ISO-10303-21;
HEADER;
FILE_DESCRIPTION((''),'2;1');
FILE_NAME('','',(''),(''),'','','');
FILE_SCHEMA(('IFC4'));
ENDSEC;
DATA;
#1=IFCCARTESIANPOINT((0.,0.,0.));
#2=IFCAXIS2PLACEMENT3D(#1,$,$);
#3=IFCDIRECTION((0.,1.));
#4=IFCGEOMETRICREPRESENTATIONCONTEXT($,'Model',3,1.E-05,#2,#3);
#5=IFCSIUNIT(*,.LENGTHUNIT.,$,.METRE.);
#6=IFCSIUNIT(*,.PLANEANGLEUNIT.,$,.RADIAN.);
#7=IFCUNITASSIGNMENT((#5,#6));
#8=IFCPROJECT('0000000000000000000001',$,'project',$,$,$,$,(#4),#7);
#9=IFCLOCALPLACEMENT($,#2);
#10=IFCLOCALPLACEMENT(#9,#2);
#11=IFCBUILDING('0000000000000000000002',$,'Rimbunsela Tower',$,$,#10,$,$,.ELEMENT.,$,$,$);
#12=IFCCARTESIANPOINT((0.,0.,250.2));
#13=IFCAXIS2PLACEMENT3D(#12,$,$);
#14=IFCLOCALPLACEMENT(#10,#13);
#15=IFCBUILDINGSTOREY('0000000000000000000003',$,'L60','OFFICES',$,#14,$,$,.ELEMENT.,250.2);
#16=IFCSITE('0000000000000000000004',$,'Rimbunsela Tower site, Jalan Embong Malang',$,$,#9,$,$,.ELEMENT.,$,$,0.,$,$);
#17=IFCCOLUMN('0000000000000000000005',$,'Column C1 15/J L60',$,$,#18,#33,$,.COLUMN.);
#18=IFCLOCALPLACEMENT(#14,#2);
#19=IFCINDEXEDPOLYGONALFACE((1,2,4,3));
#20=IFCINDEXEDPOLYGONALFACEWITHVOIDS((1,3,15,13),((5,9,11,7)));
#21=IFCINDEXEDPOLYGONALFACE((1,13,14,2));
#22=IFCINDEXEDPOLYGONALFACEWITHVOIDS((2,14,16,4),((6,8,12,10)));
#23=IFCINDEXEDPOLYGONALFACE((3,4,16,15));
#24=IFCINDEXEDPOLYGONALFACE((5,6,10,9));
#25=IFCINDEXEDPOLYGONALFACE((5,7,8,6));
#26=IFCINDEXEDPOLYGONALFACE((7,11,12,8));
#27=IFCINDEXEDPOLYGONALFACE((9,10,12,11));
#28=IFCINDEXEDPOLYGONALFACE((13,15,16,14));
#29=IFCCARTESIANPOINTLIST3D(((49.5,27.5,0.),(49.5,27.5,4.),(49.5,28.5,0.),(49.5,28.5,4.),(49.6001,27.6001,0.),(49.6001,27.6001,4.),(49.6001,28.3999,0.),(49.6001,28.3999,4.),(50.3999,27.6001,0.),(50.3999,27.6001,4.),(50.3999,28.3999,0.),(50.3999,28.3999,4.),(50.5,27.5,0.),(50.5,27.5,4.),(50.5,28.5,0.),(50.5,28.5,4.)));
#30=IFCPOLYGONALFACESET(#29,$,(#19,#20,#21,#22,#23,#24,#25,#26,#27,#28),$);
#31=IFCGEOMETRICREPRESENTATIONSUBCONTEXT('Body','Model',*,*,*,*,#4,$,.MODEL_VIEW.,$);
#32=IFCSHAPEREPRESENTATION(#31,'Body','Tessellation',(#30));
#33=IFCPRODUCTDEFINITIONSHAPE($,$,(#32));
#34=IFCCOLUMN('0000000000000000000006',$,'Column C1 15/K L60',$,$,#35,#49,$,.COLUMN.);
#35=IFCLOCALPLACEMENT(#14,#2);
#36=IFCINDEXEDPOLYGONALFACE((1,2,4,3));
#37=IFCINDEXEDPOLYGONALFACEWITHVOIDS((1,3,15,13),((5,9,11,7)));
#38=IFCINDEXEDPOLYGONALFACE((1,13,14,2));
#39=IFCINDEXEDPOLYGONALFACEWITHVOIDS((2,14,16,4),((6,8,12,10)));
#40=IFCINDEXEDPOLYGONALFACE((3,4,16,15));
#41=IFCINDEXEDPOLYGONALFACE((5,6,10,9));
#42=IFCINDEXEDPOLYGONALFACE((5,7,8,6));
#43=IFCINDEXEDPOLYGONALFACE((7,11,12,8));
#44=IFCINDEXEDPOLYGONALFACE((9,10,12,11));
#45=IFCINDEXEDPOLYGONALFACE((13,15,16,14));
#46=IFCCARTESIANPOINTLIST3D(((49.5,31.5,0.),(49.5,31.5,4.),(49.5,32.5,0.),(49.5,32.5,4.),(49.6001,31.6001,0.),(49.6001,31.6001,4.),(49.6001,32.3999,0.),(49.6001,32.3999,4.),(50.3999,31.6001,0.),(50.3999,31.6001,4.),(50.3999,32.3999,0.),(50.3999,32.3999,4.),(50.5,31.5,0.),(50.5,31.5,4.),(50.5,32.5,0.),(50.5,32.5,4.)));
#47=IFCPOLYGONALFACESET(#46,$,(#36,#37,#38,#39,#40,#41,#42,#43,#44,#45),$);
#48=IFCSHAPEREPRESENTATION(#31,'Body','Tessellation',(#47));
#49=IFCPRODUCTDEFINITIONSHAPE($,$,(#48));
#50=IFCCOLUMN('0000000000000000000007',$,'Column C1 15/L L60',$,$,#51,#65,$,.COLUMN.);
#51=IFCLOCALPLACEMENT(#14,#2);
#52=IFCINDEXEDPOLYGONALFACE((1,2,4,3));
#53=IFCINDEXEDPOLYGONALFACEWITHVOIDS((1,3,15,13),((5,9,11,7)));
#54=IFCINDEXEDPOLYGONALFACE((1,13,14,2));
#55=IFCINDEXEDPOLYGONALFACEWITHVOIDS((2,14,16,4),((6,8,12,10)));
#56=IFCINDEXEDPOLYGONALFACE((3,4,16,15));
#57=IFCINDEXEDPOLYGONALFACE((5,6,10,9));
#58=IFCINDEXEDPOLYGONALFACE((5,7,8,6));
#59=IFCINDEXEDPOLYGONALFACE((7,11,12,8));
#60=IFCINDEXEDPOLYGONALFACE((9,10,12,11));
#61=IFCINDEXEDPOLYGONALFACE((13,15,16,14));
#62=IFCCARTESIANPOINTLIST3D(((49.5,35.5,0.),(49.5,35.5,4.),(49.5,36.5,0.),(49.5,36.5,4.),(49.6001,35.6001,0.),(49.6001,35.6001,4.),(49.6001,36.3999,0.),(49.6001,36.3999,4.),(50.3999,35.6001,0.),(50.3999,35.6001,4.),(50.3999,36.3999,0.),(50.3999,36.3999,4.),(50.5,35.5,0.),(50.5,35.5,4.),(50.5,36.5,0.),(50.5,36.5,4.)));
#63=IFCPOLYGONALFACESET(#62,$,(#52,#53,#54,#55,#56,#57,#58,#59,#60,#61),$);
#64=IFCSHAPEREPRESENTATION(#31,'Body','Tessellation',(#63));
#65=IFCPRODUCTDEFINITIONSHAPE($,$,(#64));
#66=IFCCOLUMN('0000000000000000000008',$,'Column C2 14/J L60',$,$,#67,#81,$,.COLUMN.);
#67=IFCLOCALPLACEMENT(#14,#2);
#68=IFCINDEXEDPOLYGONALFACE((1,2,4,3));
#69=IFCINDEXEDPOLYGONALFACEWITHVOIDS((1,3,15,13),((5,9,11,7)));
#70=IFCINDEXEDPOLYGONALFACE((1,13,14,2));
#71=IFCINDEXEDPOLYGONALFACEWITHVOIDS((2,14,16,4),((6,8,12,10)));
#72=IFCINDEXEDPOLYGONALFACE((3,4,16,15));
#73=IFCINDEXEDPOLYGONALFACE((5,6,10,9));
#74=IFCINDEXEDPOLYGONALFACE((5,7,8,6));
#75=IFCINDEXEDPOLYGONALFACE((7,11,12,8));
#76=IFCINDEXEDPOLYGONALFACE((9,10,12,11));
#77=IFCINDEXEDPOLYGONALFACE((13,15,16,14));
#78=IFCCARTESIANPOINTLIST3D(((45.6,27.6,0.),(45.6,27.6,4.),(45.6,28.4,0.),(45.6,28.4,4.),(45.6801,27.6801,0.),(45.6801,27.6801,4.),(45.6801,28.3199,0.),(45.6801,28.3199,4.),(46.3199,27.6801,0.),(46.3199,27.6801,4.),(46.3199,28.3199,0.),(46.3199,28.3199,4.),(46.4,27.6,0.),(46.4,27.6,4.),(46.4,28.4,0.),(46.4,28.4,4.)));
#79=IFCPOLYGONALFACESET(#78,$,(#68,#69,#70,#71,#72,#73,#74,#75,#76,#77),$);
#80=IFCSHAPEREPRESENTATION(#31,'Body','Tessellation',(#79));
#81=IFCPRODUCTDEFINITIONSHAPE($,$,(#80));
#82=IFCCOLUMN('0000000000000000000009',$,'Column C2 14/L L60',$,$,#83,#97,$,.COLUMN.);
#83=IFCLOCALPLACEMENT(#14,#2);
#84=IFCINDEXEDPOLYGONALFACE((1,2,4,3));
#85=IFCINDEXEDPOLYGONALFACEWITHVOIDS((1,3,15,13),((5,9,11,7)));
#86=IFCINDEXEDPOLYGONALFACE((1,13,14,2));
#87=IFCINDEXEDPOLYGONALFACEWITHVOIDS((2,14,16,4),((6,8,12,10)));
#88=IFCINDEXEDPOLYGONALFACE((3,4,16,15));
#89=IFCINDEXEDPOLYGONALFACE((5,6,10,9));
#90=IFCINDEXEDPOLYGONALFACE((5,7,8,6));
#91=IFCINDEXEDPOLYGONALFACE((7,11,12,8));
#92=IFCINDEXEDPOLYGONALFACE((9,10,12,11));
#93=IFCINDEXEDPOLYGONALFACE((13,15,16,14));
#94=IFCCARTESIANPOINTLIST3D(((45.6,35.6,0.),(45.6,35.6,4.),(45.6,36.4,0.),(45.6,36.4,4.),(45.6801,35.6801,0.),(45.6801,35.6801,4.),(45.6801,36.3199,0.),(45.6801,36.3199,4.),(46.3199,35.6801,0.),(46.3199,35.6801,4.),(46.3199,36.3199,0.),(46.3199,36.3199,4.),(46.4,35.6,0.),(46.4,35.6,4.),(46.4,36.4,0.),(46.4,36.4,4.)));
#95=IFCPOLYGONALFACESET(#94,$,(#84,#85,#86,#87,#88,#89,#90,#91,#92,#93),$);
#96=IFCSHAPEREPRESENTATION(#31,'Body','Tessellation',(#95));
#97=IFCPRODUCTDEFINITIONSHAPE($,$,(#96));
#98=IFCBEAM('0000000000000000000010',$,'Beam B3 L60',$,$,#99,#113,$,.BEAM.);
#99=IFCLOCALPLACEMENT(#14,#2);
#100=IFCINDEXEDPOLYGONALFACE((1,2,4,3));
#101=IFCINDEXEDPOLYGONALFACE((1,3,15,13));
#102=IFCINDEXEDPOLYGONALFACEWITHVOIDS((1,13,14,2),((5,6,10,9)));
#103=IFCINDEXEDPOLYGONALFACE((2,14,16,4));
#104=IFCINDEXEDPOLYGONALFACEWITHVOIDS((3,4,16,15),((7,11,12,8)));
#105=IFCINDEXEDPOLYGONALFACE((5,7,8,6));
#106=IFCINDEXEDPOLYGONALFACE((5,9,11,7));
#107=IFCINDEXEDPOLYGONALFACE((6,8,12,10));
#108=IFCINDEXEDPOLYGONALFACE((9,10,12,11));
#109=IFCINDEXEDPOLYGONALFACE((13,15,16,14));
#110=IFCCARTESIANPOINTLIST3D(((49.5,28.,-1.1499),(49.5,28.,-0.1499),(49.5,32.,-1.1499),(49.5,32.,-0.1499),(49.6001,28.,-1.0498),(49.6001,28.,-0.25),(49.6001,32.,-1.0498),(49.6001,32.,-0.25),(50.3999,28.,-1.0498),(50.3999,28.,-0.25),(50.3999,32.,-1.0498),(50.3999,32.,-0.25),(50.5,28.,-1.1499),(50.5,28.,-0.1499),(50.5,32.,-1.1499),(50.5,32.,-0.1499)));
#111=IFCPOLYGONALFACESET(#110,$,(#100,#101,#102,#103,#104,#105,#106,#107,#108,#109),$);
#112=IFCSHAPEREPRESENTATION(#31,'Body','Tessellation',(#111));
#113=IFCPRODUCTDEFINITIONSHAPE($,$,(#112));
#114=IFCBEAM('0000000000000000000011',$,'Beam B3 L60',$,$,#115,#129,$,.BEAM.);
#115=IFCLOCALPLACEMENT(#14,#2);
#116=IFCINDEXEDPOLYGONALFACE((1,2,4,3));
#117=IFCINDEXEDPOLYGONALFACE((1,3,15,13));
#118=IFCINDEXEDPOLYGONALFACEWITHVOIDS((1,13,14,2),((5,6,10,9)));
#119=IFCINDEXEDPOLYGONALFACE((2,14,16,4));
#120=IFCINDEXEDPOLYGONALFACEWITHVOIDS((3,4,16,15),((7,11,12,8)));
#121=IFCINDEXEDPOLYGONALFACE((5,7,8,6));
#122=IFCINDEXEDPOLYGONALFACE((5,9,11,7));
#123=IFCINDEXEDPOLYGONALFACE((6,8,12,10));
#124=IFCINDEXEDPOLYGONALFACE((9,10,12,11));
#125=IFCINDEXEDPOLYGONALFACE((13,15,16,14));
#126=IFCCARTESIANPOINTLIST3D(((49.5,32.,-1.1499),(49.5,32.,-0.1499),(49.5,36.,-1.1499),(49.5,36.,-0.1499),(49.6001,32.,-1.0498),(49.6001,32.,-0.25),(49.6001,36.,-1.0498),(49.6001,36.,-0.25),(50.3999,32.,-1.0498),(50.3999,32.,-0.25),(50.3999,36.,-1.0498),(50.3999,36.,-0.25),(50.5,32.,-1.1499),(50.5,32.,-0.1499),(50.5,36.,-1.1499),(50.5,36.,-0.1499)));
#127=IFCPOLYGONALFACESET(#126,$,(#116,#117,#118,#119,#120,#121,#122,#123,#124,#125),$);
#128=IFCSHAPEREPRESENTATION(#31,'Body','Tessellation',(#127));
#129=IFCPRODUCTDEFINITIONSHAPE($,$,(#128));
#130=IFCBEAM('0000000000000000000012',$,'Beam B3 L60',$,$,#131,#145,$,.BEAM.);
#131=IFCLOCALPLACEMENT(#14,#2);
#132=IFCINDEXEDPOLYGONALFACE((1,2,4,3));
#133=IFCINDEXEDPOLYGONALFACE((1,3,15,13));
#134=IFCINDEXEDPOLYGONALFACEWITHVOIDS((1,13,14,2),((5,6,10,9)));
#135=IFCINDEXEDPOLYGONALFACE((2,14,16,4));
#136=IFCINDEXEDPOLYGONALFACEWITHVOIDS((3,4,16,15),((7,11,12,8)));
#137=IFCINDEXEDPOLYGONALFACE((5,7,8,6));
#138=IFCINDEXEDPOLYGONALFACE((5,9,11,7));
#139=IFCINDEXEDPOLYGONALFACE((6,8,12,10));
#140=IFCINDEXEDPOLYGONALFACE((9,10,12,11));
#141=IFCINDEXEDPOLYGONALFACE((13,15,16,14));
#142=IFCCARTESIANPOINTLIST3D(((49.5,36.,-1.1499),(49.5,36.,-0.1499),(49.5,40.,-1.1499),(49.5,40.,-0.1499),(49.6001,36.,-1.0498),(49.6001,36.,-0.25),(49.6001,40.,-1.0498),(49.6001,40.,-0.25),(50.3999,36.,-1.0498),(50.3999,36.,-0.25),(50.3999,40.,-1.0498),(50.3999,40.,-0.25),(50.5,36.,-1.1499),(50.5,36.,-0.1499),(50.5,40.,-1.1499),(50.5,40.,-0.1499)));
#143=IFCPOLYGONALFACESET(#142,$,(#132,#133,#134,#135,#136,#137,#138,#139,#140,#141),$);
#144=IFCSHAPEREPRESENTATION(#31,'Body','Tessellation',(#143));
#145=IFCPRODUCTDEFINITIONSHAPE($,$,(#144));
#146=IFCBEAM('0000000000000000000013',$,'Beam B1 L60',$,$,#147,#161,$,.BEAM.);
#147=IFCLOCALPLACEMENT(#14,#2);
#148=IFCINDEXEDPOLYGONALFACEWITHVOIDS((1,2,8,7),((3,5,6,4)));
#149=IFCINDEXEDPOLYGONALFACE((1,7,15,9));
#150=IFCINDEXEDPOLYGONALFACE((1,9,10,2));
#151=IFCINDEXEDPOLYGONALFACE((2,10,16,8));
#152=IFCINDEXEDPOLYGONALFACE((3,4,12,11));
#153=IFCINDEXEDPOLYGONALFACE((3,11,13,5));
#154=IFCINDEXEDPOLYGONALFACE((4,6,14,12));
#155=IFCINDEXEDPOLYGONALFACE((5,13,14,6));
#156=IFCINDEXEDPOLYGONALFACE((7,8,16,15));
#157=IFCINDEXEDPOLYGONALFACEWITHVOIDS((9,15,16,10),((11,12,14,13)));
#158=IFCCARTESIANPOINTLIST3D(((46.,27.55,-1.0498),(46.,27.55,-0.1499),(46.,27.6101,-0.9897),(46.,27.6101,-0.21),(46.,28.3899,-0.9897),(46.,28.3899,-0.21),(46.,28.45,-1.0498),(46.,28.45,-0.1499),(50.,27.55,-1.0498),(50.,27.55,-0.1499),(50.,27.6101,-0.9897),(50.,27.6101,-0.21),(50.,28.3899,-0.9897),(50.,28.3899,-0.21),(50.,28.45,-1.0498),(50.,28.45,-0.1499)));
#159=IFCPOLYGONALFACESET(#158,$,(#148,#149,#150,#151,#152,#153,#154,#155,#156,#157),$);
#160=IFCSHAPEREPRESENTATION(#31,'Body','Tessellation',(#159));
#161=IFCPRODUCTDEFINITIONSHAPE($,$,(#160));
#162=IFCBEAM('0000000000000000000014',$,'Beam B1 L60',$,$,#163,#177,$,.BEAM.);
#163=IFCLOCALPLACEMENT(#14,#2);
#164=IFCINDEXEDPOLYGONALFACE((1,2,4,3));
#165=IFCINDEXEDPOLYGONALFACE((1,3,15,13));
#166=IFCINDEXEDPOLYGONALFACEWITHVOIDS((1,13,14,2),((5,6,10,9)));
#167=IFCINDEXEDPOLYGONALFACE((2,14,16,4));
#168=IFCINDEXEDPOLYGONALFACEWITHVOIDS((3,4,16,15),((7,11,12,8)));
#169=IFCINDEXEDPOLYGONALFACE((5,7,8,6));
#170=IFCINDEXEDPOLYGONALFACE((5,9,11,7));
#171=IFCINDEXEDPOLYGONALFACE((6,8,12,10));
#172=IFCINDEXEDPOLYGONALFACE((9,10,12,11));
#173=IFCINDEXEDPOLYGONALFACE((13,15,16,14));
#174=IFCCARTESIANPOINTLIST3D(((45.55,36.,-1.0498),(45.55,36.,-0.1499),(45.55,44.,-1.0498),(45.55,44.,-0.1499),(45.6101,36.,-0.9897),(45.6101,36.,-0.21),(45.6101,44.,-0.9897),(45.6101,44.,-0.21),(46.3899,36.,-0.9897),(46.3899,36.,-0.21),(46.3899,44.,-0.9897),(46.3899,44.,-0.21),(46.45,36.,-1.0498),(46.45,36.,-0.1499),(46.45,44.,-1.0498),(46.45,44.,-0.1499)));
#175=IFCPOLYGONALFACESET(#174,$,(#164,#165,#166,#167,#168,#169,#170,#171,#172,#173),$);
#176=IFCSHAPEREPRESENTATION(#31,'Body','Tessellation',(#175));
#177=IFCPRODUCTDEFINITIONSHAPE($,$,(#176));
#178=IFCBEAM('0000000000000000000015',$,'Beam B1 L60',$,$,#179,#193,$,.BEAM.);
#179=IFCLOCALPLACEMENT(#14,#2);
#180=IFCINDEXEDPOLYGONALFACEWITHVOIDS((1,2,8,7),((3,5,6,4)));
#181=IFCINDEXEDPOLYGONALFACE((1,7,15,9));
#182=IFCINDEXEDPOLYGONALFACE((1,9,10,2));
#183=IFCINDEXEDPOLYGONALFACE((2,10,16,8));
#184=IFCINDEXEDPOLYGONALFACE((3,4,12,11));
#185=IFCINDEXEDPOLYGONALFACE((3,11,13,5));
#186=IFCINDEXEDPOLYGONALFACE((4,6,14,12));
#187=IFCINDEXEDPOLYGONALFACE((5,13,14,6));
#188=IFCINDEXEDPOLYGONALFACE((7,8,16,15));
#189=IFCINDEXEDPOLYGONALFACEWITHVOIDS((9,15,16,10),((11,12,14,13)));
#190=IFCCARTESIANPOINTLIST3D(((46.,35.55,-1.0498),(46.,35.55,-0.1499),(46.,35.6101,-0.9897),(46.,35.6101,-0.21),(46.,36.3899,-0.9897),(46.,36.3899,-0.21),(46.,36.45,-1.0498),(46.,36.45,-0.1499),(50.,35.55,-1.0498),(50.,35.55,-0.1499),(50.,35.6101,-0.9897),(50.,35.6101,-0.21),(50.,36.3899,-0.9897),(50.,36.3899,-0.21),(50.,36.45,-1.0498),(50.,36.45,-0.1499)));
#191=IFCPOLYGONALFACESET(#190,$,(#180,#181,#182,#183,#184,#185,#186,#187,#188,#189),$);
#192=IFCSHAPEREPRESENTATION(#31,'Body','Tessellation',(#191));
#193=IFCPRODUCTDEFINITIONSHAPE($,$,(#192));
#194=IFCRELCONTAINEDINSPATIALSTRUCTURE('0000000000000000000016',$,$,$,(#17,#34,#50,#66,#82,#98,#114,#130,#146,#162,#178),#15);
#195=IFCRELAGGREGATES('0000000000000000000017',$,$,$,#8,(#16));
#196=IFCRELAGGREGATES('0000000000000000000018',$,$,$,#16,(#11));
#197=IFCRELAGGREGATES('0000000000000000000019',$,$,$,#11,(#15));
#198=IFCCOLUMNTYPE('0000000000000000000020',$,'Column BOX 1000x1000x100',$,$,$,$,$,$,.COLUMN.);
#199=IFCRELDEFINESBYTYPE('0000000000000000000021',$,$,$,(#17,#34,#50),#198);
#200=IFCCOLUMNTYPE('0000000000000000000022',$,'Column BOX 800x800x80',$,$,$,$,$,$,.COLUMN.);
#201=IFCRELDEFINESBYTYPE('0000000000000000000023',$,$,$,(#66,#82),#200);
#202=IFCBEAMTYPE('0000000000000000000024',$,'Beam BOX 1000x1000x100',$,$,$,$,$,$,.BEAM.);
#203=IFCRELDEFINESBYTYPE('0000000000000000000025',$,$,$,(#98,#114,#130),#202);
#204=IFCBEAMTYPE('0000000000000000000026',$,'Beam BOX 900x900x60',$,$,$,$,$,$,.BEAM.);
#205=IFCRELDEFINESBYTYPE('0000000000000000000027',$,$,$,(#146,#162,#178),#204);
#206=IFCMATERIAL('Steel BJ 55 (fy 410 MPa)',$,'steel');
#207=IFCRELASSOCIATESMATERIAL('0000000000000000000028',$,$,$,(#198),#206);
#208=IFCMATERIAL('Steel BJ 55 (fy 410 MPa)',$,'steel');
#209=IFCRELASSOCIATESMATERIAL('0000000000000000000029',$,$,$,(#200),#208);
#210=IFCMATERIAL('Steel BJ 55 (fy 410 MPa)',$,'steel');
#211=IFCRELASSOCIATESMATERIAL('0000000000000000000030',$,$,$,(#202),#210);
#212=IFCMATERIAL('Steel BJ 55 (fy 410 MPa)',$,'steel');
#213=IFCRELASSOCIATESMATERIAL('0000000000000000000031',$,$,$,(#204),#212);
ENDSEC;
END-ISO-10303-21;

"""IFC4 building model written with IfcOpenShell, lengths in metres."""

from ifc_helpers import new_model, si_unit, direction, frame, origin, origin_2d, place, context, subcontext, project, spatial, hollow_rectangle, extrude, material, material_profile, profile_set, type_object, element, save


model = new_model("IFC4")

# Units and contexts
model_context = context("Model", 3, precision=1e-05, world=origin(), true_north=direction((0.0, 1.0)))
body_context = subcontext(model_context, "Body", "Model", "MODEL_VIEW")
ifc_project = project(units=[si_unit("LENGTHUNIT", "METRE"), si_unit("PLANEANGLEUNIT", "RADIAN")], contexts=[model_context])

# Site, building, storey
site_placement = place(None, origin())
site = spatial("IfcSite", under=ifc_project, at=site_placement, Name="Rimbunsela Tower site, Jalan Embong Malang", CompositionType="ELEMENT", RefElevation=0.0)
building_placement = place(site_placement, origin())
building = spatial("IfcBuilding", under=site, at=building_placement, Name="Rimbunsela Tower", CompositionType="ELEMENT")
storey_placement = place(building_placement, frame((0.0, 0.0, 250.2)))
storey = spatial("IfcBuildingStorey", under=building, at=storey_placement, Name="L60", Description="OFFICES", CompositionType="ELEMENT", Elevation=250.2)

# Columns
ifc_material_1 = material(Name="Steel BJ 55 (fy 410 MPa)", Category="steel")
ifc_material_profile_1 = material_profile(ifc_material_1, hollow_rectangle(XDim=1.0, YDim=1.0, WallThickness=0.1001, at=origin_2d()), Name="BOX 1000x1000x100")
ifc_profile_set_1 = profile_set([ifc_material_profile_1], Name="Steel BJ 55 (fy 410 MPa)")
column_type_1 = type_object("IfcColumnType", Name="Column BOX 1000x1000x100", PredefinedType="COLUMN", material=ifc_profile_set_1)
for number, where, z_axis, x_axis, name in (
    (1, (50.0, 28.0, 0.0), (0.0, 0.0, 1.0), (1.0, 0.0, 0.0), "Column C1 15/J L60"),
    (2, (50.0, 32.0, 0.0), (0.0, 0.0, 1.0), (1.0, 0.0, 0.0), "Column C1 15/K L60"),
    (3, (50.0, 36.0, 0.0), (0.0, 0.0, 1.0), (1.0, 0.0, 0.0), "Column C1 15/L L60"),
):
    element("IfcColumn", number, at=place(storey_placement, frame(where, z_axis=z_axis, x_axis=x_axis)), inside=storey, type_object=column_type_1, Name=name, PredefinedType="COLUMN", context=body_context, shape_type="SweptSolid", body=[
        extrude(hollow_rectangle(XDim=1.0, YDim=1.0, WallThickness=0.1001, at=origin_2d()), origin(), (0.0, 0.0, 1.0), 4.0),
    ])
ifc_material_2 = material(Name="Steel BJ 55 (fy 410 MPa)", Category="steel")
ifc_material_profile_2 = material_profile(ifc_material_2, hollow_rectangle(XDim=0.8, YDim=0.8, WallThickness=0.0801, at=origin_2d()), Name="BOX 800x800x80")
ifc_profile_set_2 = profile_set([ifc_material_profile_2], Name="Steel BJ 55 (fy 410 MPa)")
column_type_2 = type_object("IfcColumnType", Name="Column BOX 800x800x80", PredefinedType="COLUMN", material=ifc_profile_set_2)
for number, where, z_axis, x_axis, name in (
    (4, (46.0, 28.0, 0.0), (0.0, 0.0, 1.0), (1.0, 0.0, 0.0), "Column C2 14/J L60"),
    (5, (46.0, 36.0, 0.0), (0.0, 0.0, 1.0), (1.0, 0.0, 0.0), "Column C2 14/L L60"),
):
    element("IfcColumn", number, at=place(storey_placement, frame(where, z_axis=z_axis, x_axis=x_axis)), inside=storey, type_object=column_type_2, Name=name, PredefinedType="COLUMN", context=body_context, shape_type="SweptSolid", body=[
        extrude(hollow_rectangle(XDim=0.8, YDim=0.8, WallThickness=0.0801, at=origin_2d()), origin(), (0.0, 0.0, 1.0), 4.0),
    ])

# Beams
ifc_material_3 = material(Name="Steel BJ 55 (fy 410 MPa)", Category="steel")
ifc_material_profile_3 = material_profile(ifc_material_3, hollow_rectangle(XDim=1.0, YDim=1.0, WallThickness=0.1001, at=origin_2d()), Name="BOX 1000x1000x100")
ifc_profile_set_3 = profile_set([ifc_material_profile_3], Name="Steel BJ 55 (fy 410 MPa)")
beam_type_1 = type_object("IfcBeamType", Name="Beam BOX 1000x1000x100", PredefinedType="BEAM", material=ifc_profile_set_3)
for number, where, z_axis, x_axis, name in (
    (6, (50.0, 28.0, -0.6499), (0.0, 1.0, 0.0), (-1.0, 0.0, 0.0), "Beam B3 L60"),
    (7, (50.0, 32.0, -0.6499), (0.0, 1.0, 0.0), (-1.0, 0.0, 0.0), "Beam B3 L60"),
    (8, (50.0, 36.0, -0.6499), (0.0, 1.0, 0.0), (-1.0, 0.0, 0.0), "Beam B3 L60"),
):
    element("IfcBeam", number, at=place(storey_placement, frame(where, z_axis=z_axis, x_axis=x_axis)), inside=storey, type_object=beam_type_1, Name=name, PredefinedType="BEAM", context=body_context, shape_type="SweptSolid", body=[
        extrude(hollow_rectangle(XDim=1.0, YDim=1.0, WallThickness=0.1001, at=origin_2d()), origin(), (0.0, 0.0, 1.0), 4.0),
    ])
ifc_material_4 = material(Name="Steel BJ 55 (fy 410 MPa)", Category="steel")
ifc_material_profile_4 = material_profile(ifc_material_4, hollow_rectangle(XDim=0.8999, YDim=0.8999, WallThickness=0.0601, at=origin_2d()), Name="BOX 900x900x60")
ifc_profile_set_4 = profile_set([ifc_material_profile_4], Name="Steel BJ 55 (fy 410 MPa)")
beam_type_2 = type_object("IfcBeamType", Name="Beam BOX 900x900x60", PredefinedType="BEAM", material=ifc_profile_set_4)
beam_1_placement = place(storey_placement, frame((46.0, 28.0, -0.5999), z_axis=(1.0, 0.0, 0.0), x_axis=(0.0, 1.0, 0.0)))
element("IfcBeam", 9, at=beam_1_placement, inside=storey, type_object=beam_type_2, Name="Beam B1 L60", PredefinedType="BEAM", context=body_context, shape_type="SweptSolid", body=[
    extrude(hollow_rectangle(XDim=0.8999, YDim=0.8999, WallThickness=0.0601, at=origin_2d()), origin(), (0.0, 0.0, 1.0), 4.0),
])
beam_2_placement = place(storey_placement, frame((46.0, 36.0, -0.5999), z_axis=(0.0, 1.0, 0.0), x_axis=(-1.0, 0.0, 0.0)))
element("IfcBeam", 10, at=beam_2_placement, inside=storey, type_object=beam_type_2, Name="Beam B1 L60", PredefinedType="BEAM", context=body_context, shape_type="SweptSolid", body=[
    extrude(hollow_rectangle(XDim=0.8999, YDim=0.8999, WallThickness=0.0601, at=origin_2d()), origin(), (0.0, 0.0, 1.0), 8.0),
])
beam_3_placement = place(storey_placement, frame((46.0, 36.0, -0.5999), z_axis=(1.0, 0.0, 0.0), x_axis=(0.0, 1.0, 0.0)))
element("IfcBeam", 11, at=beam_3_placement, inside=storey, type_object=beam_type_2, Name="Beam B1 L60", PredefinedType="BEAM", context=body_context, shape_type="SweptSolid", body=[
    extrude(hollow_rectangle(XDim=0.8999, YDim=0.8999, WallThickness=0.0601, at=origin_2d()), origin(), (0.0, 0.0, 1.0), 4.0),
])

save(model, "model.ifc")
